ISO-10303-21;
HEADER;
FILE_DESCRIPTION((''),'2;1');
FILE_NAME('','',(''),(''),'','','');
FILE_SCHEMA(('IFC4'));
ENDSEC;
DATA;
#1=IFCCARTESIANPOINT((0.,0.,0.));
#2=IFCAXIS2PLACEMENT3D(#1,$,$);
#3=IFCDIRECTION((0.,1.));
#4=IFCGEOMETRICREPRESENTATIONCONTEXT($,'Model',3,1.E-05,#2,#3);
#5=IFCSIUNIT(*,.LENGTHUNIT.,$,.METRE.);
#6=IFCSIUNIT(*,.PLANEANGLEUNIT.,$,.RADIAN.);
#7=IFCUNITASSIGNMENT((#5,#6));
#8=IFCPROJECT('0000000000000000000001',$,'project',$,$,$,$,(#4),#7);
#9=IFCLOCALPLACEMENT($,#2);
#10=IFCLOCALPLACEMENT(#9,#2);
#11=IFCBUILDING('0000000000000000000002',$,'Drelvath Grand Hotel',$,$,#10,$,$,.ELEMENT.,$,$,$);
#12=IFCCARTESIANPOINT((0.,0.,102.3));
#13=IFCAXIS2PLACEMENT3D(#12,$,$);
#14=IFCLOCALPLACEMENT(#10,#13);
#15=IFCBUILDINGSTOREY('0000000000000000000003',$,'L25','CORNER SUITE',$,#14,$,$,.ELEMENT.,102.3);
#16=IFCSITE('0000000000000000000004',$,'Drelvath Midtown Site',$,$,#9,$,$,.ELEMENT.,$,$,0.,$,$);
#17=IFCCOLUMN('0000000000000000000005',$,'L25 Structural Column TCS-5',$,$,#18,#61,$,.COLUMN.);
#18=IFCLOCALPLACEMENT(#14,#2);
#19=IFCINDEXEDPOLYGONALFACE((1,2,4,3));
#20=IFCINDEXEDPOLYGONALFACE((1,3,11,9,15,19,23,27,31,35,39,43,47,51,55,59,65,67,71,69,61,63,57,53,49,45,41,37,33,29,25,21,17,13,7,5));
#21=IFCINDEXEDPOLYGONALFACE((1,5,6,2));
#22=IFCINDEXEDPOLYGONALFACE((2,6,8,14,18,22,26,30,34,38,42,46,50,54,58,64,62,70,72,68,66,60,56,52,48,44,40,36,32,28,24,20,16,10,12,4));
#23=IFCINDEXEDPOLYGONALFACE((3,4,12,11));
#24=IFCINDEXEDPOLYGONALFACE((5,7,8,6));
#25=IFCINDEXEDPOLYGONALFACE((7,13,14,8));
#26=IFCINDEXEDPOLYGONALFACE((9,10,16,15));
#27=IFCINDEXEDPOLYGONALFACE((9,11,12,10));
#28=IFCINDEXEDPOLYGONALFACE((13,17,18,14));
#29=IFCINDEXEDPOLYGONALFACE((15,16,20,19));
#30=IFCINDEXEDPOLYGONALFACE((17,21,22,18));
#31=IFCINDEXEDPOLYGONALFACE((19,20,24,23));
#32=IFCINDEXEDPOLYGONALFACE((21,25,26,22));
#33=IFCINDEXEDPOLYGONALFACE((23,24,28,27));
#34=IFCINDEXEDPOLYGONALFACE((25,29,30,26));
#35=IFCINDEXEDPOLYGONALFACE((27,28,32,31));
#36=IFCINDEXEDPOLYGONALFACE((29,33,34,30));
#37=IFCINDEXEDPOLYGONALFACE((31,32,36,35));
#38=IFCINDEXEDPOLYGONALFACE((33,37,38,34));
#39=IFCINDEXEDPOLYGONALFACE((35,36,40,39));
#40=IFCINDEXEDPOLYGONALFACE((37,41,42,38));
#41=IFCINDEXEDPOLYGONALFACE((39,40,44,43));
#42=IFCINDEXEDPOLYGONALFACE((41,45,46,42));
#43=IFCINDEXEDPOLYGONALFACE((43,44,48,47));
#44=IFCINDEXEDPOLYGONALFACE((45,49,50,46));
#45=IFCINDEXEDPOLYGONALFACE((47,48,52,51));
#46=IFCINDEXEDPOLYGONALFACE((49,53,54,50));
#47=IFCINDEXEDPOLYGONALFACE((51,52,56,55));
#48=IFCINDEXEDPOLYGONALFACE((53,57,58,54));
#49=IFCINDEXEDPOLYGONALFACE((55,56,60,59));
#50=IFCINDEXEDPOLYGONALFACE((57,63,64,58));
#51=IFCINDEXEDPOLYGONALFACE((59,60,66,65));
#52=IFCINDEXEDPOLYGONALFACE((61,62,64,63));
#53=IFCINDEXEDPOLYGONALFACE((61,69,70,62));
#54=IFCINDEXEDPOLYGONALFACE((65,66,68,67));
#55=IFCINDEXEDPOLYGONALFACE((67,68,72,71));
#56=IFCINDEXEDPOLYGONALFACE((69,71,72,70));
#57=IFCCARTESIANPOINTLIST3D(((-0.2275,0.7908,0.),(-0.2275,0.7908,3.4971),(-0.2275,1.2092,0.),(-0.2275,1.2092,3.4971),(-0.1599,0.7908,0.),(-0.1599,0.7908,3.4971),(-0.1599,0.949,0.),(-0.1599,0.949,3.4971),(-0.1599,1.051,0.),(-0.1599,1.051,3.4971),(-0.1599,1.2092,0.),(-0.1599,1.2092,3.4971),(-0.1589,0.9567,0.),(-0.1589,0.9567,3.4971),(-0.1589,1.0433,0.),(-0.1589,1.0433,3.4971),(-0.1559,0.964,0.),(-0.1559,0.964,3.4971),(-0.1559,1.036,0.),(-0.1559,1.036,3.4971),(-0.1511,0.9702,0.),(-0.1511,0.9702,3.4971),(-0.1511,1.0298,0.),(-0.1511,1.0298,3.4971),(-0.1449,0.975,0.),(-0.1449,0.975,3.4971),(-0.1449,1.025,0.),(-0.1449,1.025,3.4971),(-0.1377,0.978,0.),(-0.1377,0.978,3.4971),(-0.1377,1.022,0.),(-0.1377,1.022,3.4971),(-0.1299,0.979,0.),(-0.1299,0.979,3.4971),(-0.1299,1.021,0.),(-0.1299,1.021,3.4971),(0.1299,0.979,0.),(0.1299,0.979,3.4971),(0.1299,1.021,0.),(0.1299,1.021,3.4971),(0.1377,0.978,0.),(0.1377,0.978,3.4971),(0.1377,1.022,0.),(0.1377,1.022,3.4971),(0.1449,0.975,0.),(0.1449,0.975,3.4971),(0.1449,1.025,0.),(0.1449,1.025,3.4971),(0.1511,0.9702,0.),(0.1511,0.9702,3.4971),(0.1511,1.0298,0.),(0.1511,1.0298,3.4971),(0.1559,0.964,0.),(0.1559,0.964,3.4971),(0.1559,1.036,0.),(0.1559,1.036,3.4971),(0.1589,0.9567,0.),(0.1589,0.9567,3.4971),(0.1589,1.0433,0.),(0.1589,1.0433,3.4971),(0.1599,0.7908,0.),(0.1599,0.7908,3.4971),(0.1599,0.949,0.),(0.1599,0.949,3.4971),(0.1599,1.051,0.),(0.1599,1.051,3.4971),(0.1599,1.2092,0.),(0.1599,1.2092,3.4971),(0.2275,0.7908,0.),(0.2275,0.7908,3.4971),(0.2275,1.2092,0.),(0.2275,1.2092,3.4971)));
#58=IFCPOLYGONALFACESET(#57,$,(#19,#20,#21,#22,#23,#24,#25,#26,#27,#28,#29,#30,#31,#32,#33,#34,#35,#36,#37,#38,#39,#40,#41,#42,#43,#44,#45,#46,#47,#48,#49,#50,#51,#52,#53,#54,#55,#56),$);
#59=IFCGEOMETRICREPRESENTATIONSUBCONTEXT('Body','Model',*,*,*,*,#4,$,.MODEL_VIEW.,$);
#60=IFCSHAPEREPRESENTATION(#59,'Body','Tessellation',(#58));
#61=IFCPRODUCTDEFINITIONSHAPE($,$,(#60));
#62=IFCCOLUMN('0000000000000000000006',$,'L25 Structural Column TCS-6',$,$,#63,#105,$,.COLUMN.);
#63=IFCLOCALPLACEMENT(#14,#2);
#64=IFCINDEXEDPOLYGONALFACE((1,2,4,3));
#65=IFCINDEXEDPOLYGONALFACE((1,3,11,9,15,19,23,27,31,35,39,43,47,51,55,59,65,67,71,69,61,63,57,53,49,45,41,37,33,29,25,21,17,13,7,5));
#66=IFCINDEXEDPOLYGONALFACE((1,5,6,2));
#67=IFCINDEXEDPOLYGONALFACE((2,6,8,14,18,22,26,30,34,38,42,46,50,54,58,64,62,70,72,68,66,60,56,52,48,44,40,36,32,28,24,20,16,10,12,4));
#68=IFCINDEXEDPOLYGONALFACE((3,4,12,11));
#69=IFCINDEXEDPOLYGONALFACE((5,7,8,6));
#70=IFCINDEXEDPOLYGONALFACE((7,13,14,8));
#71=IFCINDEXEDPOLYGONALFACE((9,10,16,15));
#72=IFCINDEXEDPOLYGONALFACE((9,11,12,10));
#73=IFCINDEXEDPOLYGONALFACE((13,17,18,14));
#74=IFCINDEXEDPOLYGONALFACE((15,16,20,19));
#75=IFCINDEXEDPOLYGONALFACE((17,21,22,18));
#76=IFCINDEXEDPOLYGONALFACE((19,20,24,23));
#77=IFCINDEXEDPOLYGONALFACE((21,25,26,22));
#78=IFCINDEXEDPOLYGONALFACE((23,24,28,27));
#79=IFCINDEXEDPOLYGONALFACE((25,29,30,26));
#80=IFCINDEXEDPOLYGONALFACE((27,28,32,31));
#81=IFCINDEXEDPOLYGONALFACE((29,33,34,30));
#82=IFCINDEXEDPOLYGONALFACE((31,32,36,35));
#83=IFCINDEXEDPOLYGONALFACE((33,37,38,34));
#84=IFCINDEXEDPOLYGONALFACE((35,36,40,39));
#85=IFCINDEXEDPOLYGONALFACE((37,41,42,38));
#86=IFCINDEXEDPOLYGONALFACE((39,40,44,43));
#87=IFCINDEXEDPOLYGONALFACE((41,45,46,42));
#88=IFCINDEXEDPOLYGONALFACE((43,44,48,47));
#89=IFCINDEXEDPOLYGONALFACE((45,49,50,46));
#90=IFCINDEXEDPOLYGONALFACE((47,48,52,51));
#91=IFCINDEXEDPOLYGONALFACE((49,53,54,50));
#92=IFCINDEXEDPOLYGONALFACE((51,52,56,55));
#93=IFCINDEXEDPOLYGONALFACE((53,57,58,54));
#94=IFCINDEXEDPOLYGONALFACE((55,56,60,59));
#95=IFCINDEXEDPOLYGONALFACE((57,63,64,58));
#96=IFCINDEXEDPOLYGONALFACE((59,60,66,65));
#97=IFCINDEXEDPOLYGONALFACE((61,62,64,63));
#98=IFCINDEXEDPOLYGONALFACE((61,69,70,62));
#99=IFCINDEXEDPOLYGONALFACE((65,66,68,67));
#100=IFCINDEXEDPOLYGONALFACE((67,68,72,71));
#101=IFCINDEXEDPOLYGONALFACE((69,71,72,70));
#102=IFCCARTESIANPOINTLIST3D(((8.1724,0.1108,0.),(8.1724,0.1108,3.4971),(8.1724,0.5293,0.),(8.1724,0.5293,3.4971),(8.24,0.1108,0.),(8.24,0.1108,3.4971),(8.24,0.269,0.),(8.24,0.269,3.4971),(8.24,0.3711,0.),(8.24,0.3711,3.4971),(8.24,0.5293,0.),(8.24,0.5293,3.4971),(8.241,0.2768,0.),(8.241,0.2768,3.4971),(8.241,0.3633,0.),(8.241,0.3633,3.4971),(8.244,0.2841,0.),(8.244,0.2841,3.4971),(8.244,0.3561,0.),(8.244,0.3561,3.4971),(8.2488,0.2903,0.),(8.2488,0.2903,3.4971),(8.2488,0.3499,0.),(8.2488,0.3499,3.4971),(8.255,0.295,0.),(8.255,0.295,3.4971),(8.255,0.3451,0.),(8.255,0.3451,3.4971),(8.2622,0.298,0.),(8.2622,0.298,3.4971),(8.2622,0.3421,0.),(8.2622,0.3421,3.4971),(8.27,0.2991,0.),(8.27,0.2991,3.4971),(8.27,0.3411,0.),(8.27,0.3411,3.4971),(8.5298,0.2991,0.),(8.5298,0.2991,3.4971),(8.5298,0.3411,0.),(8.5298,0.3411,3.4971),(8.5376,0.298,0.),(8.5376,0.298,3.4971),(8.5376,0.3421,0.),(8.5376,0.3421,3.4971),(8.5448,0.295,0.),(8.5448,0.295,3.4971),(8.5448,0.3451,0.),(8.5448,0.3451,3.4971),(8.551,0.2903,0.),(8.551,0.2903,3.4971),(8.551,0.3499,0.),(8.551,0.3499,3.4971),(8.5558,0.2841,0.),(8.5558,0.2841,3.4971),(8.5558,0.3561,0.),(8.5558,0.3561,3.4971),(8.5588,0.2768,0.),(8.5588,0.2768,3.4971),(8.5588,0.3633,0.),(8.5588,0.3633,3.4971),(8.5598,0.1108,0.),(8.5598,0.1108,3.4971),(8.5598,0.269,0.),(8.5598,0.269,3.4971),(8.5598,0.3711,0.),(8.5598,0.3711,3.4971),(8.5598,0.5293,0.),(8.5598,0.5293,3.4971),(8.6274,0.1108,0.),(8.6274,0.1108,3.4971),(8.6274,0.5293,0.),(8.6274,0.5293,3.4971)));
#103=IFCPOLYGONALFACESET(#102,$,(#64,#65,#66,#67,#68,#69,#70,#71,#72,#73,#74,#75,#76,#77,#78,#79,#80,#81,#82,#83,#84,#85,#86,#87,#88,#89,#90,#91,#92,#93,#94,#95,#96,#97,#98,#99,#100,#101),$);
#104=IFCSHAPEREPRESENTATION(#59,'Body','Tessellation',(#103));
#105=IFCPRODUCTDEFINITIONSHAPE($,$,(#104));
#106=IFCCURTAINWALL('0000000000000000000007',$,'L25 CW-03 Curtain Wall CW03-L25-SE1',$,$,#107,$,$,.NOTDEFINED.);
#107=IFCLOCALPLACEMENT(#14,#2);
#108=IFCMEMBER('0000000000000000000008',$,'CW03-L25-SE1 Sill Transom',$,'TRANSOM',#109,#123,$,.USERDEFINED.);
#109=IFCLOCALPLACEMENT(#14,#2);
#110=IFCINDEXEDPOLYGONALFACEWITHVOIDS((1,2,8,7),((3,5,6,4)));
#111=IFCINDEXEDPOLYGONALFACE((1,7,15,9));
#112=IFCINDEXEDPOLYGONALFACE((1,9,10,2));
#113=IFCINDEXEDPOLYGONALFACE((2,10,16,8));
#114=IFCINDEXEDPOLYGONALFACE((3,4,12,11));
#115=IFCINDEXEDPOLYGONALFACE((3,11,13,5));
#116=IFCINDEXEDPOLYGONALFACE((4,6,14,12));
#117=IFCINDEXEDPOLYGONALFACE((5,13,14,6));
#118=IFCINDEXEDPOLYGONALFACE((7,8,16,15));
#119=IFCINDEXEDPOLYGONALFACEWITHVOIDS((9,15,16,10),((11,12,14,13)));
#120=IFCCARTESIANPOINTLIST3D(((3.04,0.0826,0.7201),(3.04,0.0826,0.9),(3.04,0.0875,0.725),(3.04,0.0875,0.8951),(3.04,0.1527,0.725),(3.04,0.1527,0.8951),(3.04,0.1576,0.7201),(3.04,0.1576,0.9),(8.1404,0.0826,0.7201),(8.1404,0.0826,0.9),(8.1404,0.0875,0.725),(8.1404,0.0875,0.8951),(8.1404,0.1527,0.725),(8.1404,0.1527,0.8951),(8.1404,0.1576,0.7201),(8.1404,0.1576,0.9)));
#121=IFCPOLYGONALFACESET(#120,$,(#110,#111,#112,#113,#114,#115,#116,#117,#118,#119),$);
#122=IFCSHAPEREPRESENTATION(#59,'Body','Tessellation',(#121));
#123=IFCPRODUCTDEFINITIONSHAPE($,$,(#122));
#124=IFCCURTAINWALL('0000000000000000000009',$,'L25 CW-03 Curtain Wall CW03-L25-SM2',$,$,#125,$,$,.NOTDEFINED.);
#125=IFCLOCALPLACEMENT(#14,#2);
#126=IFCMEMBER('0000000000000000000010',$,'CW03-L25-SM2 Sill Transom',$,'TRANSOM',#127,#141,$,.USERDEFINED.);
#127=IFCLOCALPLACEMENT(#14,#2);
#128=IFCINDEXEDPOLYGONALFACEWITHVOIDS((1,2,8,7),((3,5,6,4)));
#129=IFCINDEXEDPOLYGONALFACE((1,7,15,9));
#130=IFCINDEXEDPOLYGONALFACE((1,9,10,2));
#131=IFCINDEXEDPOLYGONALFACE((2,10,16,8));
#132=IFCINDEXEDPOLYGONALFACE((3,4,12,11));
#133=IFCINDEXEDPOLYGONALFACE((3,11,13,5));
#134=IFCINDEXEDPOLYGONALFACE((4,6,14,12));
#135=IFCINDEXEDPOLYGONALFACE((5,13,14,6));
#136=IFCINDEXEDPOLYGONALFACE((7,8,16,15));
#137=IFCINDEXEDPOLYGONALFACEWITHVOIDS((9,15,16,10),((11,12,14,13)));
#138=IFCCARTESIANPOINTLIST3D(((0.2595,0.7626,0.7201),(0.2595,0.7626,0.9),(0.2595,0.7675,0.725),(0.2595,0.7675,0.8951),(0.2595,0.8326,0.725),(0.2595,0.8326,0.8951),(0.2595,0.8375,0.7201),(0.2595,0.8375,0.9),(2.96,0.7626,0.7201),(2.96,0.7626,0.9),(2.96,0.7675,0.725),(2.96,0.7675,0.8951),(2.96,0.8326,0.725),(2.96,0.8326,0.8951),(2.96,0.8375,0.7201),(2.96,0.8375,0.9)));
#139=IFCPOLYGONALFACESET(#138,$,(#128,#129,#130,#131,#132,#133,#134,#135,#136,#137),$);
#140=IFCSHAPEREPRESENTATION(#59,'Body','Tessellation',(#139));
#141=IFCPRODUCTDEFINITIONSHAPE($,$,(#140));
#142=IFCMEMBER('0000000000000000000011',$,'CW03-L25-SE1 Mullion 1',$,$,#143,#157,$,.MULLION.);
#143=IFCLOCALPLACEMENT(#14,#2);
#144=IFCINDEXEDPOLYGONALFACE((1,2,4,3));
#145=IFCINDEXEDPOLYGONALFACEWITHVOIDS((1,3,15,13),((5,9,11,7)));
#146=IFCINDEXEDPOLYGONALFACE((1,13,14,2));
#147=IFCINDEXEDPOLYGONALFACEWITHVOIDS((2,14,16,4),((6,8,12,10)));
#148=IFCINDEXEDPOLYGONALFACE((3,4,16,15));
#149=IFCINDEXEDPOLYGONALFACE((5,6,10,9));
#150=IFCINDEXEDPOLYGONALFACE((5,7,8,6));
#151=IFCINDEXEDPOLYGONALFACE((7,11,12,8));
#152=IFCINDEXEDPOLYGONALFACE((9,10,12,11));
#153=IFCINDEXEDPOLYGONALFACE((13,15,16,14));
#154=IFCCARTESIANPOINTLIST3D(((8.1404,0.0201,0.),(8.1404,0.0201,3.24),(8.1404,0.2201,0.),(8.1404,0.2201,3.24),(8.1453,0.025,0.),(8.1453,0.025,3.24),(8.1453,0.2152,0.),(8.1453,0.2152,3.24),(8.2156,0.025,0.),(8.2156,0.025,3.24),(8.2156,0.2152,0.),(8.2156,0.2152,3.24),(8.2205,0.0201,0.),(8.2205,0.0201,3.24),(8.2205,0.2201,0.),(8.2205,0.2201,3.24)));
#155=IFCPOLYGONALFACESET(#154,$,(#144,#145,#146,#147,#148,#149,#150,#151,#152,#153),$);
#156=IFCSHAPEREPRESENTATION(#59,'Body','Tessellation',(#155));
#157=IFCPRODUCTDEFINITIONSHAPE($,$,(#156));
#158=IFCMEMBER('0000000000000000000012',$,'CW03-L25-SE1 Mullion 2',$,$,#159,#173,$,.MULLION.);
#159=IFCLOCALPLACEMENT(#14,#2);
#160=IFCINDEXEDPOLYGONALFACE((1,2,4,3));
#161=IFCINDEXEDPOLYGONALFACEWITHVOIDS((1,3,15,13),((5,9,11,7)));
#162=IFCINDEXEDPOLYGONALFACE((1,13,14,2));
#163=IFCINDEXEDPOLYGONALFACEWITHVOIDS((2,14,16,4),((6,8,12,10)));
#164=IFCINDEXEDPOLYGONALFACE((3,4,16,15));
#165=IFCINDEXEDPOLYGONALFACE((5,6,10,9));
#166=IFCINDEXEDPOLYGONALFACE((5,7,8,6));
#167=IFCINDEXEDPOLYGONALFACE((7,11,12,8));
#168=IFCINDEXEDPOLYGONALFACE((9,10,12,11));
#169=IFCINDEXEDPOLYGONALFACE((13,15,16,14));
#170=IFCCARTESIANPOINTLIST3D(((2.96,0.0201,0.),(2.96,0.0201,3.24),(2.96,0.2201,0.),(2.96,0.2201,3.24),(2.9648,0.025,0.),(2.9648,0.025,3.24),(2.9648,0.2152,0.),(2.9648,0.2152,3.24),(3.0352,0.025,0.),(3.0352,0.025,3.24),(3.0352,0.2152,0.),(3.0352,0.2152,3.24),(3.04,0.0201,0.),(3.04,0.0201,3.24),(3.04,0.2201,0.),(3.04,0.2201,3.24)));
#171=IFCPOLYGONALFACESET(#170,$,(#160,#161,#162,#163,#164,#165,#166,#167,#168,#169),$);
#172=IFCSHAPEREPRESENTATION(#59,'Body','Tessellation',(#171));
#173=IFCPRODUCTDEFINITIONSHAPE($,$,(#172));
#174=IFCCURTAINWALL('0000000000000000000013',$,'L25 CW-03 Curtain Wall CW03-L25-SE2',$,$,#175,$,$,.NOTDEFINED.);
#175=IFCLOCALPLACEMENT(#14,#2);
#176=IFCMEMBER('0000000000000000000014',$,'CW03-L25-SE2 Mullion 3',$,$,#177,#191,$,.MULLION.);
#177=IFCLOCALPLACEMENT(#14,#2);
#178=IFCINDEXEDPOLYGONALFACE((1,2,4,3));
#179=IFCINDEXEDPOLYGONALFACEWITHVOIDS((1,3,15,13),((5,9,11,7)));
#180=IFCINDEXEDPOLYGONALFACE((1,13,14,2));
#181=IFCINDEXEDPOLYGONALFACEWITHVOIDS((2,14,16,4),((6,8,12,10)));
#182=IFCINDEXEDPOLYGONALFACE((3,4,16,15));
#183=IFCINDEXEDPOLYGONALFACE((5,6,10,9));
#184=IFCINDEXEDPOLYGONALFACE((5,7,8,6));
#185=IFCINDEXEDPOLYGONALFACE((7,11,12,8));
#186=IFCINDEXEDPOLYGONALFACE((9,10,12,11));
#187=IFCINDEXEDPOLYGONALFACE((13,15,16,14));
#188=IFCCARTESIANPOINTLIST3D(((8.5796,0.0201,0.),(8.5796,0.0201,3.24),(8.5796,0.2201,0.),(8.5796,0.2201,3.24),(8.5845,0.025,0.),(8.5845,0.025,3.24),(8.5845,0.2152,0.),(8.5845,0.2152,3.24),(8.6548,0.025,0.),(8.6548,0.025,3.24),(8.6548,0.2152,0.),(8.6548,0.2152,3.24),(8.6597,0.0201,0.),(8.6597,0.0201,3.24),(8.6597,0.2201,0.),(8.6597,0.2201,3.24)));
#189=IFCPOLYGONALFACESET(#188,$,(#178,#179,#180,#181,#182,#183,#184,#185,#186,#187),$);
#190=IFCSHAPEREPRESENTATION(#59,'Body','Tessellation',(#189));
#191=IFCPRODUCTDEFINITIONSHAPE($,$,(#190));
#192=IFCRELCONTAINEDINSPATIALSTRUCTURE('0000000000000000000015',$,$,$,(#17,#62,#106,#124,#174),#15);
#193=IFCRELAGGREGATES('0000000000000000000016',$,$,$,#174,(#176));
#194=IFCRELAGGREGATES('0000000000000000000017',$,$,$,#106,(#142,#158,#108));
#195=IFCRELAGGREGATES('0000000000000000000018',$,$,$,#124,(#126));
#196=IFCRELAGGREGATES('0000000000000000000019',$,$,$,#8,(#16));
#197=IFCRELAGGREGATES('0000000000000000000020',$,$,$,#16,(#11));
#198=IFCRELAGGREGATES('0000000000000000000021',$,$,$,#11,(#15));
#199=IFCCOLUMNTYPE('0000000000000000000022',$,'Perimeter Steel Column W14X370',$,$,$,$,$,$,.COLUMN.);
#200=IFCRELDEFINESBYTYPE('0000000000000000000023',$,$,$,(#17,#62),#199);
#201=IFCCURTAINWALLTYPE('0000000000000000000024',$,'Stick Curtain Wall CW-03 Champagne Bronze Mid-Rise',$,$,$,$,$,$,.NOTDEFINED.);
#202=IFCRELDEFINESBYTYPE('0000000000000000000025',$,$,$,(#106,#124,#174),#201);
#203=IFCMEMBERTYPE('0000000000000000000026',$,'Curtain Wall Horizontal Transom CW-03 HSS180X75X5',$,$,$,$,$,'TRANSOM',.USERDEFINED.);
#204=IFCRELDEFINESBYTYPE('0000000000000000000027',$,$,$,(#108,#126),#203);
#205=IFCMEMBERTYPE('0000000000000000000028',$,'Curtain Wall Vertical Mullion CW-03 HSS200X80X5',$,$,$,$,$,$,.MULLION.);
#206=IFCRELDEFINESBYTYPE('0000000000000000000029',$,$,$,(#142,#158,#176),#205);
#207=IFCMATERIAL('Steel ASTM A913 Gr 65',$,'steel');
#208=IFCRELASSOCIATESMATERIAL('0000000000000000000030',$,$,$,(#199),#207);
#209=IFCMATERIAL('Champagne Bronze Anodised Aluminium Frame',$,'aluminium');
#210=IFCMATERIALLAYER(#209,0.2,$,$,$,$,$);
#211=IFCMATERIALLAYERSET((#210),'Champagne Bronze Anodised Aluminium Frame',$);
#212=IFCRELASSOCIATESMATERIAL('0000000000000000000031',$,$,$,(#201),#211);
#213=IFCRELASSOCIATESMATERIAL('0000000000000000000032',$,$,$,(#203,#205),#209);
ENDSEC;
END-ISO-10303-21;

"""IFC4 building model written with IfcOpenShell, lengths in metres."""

from ifc_helpers import new_model, si_unit, direction, frame, origin, origin_2d, place, context, subcontext, project, spatial, hollow_rectangle, i_section, extrude, material, layer, layer_set, material_profile, profile_set, type_object, element, aggregate, save


model = new_model("IFC4")

# Units and contexts
model_context = context("Model", 3, precision=1e-05, world=origin(), true_north=direction((0.0, 1.0)))
body_context = subcontext(model_context, "Body", "Model", "MODEL_VIEW")
ifc_project = project(units=[si_unit("LENGTHUNIT", "METRE"), si_unit("PLANEANGLEUNIT", "RADIAN")], contexts=[model_context])

# Site, building, storey
site_placement = place(None, origin())
site = spatial("IfcSite", under=ifc_project, at=site_placement, Name="Drelvath Midtown Site", CompositionType="ELEMENT", RefElevation=0.0)
building_placement = place(site_placement, origin())
building = spatial("IfcBuilding", under=site, at=building_placement, Name="Drelvath Grand Hotel", CompositionType="ELEMENT")
storey_placement = place(building_placement, frame((0.0, 0.0, 102.3)))
storey = spatial("IfcBuildingStorey", under=building, at=storey_placement, Name="L25", Description="CORNER SUITE", CompositionType="ELEMENT", Elevation=102.3)

# Columns
ifc_material_1 = material(Name="Steel ASTM A913 Gr 65", Category="steel")
ifc_material_profile_1 = material_profile(ifc_material_1, i_section(OverallWidth=0.4185, OverallDepth=0.4551, WebThickness=0.042, FlangeThickness=0.0676, FilletRadius=0.03, at=origin_2d()), Name="W14X370")
ifc_profile_set_1 = profile_set([ifc_material_profile_1], Name="Steel ASTM A913 Gr 65")
column_type = type_object("IfcColumnType", Name="Perimeter Steel Column W14X370", PredefinedType="COLUMN", material=ifc_profile_set_1)
for number, where, z_axis, x_axis, name in (
    (1, (0.0, 1.0, 0.0), (0.0, 0.0, 1.0), (0.0, 1.0, 0.0), "L25 Structural Column TCS-5"),
    (2, (8.3999, 0.3201, 0.0), (0.0, 0.0, 1.0), (0.0, 1.0, 0.0), "L25 Structural Column TCS-6"),
):
    element("IfcColumn", number, at=place(storey_placement, frame(where, z_axis=z_axis, x_axis=x_axis)), inside=storey, type_object=column_type, Name=name, PredefinedType="COLUMN", context=body_context, shape_type="SweptSolid", body=[
        extrude(i_section(OverallWidth=0.4185, OverallDepth=0.4551, WebThickness=0.042, FlangeThickness=0.0676, FilletRadius=0.03, at=origin_2d()), origin(), (0.0, 0.0, 1.0), 3.4971),
    ])

# Curtain walls, members
ifc_material_2 = material(Name="Champagne Bronze Anodised Aluminium Frame", Category="aluminium")
ifc_layer_1 = layer(ifc_material_2, 0.2)
ifc_layer_set_1 = layer_set([ifc_layer_1], Name="Champagne Bronze Anodised Aluminium Frame")
curtain_wall_type = type_object("IfcCurtainWallType", Name="Stick Curtain Wall CW-03 Champagne Bronze Mid-Rise", PredefinedType="NOTDEFINED", material=ifc_layer_set_1)
curtain_wall_1_placement = place(storey_placement, origin())
curtain_wall_1 = element("IfcCurtainWall", 3, at=curtain_wall_1_placement, inside=storey, type_object=curtain_wall_type, Name="L25 CW-03 Curtain Wall CW03-L25-SE1", PredefinedType="NOTDEFINED")
ifc_material_profile_2 = material_profile(ifc_material_2, hollow_rectangle(XDim=0.075, YDim=0.1799, WallThickness=0.0049, at=origin_2d()), Name="HSS180X75X5")
ifc_profile_set_2 = profile_set([ifc_material_profile_2], Name="Champagne Bronze Anodised Aluminium Frame")
member_type_1 = type_object("IfcMemberType", Name="Curtain Wall Horizontal Transom CW-03 HSS180X75X5", ElementType="TRANSOM", PredefinedType="USERDEFINED", material=ifc_profile_set_2)
member_1_placement = place(storey_placement, frame((8.1404, 0.1201, 0.8101), z_axis=(-1.0, 0.0, 0.0), x_axis=(0.0, -1.0, 0.0)))
member_1 = element("IfcMember", 4, at=member_1_placement, type_object=member_type_1, Name="CW03-L25-SE1 Sill Transom", ObjectType="TRANSOM", PredefinedType="USERDEFINED", context=body_context, shape_type="SweptSolid", body=[
    extrude(hollow_rectangle(XDim=0.075, YDim=0.1799, WallThickness=0.0049, at=origin_2d()), origin(), (0.0, 0.0, 1.0), 5.1003),
])
curtain_wall_2_placement = place(storey_placement, origin())
curtain_wall_2 = element("IfcCurtainWall", 5, at=curtain_wall_2_placement, inside=storey, type_object=curtain_wall_type, Name="L25 CW-03 Curtain Wall CW03-L25-SM2", PredefinedType="NOTDEFINED")
member_2_placement = place(storey_placement, frame((2.96, 0.8, 0.8101), z_axis=(-1.0, 0.0, 0.0), x_axis=(0.0, -1.0, 0.0)))
member_2 = element("IfcMember", 6, at=member_2_placement, type_object=member_type_1, Name="CW03-L25-SM2 Sill Transom", ObjectType="TRANSOM", PredefinedType="USERDEFINED", context=body_context, shape_type="SweptSolid", body=[
    extrude(hollow_rectangle(XDim=0.075, YDim=0.1799, WallThickness=0.0049, at=origin_2d()), origin(), (0.0, 0.0, 1.0), 2.7004),
])

# Members
ifc_material_profile_3 = material_profile(ifc_material_2, hollow_rectangle(XDim=0.0801, YDim=0.2, WallThickness=0.0049, at=origin_2d()), Name="HSS200X80X5")
ifc_profile_set_3 = profile_set([ifc_material_profile_3], Name="Champagne Bronze Anodised Aluminium Frame")
member_type_2 = type_object("IfcMemberType", Name="Curtain Wall Vertical Mullion CW-03 HSS200X80X5", PredefinedType="MULLION", material=ifc_profile_set_3)
member_3_placement = place(storey_placement, frame((8.1804, 0.1201, 0.0), z_axis=(0.0, 0.0, 1.0), x_axis=(1.0, 0.0, 0.0)))
member_3 = element("IfcMember", 7, at=member_3_placement, type_object=member_type_2, Name="CW03-L25-SE1 Mullion 1", PredefinedType="MULLION", context=body_context, shape_type="SweptSolid", body=[
    extrude(hollow_rectangle(XDim=0.0801, YDim=0.2, WallThickness=0.0049, at=origin_2d()), origin(), (0.0, 0.0, 1.0), 3.24),
])
member_4_placement = place(storey_placement, frame((3.0, 0.1201, 0.0), z_axis=(0.0, 0.0, 1.0), x_axis=(1.0, 0.0, 0.0)))
member_4 = element("IfcMember", 8, at=member_4_placement, type_object=member_type_2, Name="CW03-L25-SE1 Mullion 2", PredefinedType="MULLION", context=body_context, shape_type="SweptSolid", body=[
    extrude(hollow_rectangle(XDim=0.0801, YDim=0.2, WallThickness=0.0049, at=origin_2d()), origin(), (0.0, 0.0, 1.0), 3.24),
])

# Curtain wall, member
curtain_wall_3_placement = place(storey_placement, origin())
curtain_wall_3 = element("IfcCurtainWall", 9, at=curtain_wall_3_placement, inside=storey, type_object=curtain_wall_type, Name="L25 CW-03 Curtain Wall CW03-L25-SE2", PredefinedType="NOTDEFINED")
member_5_placement = place(storey_placement, frame((8.6196, 0.1201, 0.0), z_axis=(0.0, 0.0, 1.0), x_axis=(1.0, 0.0, 0.0)))
member_5 = element("IfcMember", 10, at=member_5_placement, type_object=member_type_2, Name="CW03-L25-SE2 Mullion 3", PredefinedType="MULLION", context=body_context, shape_type="SweptSolid", body=[
    extrude(hollow_rectangle(XDim=0.0801, YDim=0.2, WallThickness=0.0049, at=origin_2d()), origin(), (0.0, 0.0, 1.0), 3.24),
])
aggregate(curtain_wall_3, [member_5])

aggregate(curtain_wall_1, [member_3, member_4, member_1])
aggregate(curtain_wall_2, [member_2])

save(model, "model.ifc")
